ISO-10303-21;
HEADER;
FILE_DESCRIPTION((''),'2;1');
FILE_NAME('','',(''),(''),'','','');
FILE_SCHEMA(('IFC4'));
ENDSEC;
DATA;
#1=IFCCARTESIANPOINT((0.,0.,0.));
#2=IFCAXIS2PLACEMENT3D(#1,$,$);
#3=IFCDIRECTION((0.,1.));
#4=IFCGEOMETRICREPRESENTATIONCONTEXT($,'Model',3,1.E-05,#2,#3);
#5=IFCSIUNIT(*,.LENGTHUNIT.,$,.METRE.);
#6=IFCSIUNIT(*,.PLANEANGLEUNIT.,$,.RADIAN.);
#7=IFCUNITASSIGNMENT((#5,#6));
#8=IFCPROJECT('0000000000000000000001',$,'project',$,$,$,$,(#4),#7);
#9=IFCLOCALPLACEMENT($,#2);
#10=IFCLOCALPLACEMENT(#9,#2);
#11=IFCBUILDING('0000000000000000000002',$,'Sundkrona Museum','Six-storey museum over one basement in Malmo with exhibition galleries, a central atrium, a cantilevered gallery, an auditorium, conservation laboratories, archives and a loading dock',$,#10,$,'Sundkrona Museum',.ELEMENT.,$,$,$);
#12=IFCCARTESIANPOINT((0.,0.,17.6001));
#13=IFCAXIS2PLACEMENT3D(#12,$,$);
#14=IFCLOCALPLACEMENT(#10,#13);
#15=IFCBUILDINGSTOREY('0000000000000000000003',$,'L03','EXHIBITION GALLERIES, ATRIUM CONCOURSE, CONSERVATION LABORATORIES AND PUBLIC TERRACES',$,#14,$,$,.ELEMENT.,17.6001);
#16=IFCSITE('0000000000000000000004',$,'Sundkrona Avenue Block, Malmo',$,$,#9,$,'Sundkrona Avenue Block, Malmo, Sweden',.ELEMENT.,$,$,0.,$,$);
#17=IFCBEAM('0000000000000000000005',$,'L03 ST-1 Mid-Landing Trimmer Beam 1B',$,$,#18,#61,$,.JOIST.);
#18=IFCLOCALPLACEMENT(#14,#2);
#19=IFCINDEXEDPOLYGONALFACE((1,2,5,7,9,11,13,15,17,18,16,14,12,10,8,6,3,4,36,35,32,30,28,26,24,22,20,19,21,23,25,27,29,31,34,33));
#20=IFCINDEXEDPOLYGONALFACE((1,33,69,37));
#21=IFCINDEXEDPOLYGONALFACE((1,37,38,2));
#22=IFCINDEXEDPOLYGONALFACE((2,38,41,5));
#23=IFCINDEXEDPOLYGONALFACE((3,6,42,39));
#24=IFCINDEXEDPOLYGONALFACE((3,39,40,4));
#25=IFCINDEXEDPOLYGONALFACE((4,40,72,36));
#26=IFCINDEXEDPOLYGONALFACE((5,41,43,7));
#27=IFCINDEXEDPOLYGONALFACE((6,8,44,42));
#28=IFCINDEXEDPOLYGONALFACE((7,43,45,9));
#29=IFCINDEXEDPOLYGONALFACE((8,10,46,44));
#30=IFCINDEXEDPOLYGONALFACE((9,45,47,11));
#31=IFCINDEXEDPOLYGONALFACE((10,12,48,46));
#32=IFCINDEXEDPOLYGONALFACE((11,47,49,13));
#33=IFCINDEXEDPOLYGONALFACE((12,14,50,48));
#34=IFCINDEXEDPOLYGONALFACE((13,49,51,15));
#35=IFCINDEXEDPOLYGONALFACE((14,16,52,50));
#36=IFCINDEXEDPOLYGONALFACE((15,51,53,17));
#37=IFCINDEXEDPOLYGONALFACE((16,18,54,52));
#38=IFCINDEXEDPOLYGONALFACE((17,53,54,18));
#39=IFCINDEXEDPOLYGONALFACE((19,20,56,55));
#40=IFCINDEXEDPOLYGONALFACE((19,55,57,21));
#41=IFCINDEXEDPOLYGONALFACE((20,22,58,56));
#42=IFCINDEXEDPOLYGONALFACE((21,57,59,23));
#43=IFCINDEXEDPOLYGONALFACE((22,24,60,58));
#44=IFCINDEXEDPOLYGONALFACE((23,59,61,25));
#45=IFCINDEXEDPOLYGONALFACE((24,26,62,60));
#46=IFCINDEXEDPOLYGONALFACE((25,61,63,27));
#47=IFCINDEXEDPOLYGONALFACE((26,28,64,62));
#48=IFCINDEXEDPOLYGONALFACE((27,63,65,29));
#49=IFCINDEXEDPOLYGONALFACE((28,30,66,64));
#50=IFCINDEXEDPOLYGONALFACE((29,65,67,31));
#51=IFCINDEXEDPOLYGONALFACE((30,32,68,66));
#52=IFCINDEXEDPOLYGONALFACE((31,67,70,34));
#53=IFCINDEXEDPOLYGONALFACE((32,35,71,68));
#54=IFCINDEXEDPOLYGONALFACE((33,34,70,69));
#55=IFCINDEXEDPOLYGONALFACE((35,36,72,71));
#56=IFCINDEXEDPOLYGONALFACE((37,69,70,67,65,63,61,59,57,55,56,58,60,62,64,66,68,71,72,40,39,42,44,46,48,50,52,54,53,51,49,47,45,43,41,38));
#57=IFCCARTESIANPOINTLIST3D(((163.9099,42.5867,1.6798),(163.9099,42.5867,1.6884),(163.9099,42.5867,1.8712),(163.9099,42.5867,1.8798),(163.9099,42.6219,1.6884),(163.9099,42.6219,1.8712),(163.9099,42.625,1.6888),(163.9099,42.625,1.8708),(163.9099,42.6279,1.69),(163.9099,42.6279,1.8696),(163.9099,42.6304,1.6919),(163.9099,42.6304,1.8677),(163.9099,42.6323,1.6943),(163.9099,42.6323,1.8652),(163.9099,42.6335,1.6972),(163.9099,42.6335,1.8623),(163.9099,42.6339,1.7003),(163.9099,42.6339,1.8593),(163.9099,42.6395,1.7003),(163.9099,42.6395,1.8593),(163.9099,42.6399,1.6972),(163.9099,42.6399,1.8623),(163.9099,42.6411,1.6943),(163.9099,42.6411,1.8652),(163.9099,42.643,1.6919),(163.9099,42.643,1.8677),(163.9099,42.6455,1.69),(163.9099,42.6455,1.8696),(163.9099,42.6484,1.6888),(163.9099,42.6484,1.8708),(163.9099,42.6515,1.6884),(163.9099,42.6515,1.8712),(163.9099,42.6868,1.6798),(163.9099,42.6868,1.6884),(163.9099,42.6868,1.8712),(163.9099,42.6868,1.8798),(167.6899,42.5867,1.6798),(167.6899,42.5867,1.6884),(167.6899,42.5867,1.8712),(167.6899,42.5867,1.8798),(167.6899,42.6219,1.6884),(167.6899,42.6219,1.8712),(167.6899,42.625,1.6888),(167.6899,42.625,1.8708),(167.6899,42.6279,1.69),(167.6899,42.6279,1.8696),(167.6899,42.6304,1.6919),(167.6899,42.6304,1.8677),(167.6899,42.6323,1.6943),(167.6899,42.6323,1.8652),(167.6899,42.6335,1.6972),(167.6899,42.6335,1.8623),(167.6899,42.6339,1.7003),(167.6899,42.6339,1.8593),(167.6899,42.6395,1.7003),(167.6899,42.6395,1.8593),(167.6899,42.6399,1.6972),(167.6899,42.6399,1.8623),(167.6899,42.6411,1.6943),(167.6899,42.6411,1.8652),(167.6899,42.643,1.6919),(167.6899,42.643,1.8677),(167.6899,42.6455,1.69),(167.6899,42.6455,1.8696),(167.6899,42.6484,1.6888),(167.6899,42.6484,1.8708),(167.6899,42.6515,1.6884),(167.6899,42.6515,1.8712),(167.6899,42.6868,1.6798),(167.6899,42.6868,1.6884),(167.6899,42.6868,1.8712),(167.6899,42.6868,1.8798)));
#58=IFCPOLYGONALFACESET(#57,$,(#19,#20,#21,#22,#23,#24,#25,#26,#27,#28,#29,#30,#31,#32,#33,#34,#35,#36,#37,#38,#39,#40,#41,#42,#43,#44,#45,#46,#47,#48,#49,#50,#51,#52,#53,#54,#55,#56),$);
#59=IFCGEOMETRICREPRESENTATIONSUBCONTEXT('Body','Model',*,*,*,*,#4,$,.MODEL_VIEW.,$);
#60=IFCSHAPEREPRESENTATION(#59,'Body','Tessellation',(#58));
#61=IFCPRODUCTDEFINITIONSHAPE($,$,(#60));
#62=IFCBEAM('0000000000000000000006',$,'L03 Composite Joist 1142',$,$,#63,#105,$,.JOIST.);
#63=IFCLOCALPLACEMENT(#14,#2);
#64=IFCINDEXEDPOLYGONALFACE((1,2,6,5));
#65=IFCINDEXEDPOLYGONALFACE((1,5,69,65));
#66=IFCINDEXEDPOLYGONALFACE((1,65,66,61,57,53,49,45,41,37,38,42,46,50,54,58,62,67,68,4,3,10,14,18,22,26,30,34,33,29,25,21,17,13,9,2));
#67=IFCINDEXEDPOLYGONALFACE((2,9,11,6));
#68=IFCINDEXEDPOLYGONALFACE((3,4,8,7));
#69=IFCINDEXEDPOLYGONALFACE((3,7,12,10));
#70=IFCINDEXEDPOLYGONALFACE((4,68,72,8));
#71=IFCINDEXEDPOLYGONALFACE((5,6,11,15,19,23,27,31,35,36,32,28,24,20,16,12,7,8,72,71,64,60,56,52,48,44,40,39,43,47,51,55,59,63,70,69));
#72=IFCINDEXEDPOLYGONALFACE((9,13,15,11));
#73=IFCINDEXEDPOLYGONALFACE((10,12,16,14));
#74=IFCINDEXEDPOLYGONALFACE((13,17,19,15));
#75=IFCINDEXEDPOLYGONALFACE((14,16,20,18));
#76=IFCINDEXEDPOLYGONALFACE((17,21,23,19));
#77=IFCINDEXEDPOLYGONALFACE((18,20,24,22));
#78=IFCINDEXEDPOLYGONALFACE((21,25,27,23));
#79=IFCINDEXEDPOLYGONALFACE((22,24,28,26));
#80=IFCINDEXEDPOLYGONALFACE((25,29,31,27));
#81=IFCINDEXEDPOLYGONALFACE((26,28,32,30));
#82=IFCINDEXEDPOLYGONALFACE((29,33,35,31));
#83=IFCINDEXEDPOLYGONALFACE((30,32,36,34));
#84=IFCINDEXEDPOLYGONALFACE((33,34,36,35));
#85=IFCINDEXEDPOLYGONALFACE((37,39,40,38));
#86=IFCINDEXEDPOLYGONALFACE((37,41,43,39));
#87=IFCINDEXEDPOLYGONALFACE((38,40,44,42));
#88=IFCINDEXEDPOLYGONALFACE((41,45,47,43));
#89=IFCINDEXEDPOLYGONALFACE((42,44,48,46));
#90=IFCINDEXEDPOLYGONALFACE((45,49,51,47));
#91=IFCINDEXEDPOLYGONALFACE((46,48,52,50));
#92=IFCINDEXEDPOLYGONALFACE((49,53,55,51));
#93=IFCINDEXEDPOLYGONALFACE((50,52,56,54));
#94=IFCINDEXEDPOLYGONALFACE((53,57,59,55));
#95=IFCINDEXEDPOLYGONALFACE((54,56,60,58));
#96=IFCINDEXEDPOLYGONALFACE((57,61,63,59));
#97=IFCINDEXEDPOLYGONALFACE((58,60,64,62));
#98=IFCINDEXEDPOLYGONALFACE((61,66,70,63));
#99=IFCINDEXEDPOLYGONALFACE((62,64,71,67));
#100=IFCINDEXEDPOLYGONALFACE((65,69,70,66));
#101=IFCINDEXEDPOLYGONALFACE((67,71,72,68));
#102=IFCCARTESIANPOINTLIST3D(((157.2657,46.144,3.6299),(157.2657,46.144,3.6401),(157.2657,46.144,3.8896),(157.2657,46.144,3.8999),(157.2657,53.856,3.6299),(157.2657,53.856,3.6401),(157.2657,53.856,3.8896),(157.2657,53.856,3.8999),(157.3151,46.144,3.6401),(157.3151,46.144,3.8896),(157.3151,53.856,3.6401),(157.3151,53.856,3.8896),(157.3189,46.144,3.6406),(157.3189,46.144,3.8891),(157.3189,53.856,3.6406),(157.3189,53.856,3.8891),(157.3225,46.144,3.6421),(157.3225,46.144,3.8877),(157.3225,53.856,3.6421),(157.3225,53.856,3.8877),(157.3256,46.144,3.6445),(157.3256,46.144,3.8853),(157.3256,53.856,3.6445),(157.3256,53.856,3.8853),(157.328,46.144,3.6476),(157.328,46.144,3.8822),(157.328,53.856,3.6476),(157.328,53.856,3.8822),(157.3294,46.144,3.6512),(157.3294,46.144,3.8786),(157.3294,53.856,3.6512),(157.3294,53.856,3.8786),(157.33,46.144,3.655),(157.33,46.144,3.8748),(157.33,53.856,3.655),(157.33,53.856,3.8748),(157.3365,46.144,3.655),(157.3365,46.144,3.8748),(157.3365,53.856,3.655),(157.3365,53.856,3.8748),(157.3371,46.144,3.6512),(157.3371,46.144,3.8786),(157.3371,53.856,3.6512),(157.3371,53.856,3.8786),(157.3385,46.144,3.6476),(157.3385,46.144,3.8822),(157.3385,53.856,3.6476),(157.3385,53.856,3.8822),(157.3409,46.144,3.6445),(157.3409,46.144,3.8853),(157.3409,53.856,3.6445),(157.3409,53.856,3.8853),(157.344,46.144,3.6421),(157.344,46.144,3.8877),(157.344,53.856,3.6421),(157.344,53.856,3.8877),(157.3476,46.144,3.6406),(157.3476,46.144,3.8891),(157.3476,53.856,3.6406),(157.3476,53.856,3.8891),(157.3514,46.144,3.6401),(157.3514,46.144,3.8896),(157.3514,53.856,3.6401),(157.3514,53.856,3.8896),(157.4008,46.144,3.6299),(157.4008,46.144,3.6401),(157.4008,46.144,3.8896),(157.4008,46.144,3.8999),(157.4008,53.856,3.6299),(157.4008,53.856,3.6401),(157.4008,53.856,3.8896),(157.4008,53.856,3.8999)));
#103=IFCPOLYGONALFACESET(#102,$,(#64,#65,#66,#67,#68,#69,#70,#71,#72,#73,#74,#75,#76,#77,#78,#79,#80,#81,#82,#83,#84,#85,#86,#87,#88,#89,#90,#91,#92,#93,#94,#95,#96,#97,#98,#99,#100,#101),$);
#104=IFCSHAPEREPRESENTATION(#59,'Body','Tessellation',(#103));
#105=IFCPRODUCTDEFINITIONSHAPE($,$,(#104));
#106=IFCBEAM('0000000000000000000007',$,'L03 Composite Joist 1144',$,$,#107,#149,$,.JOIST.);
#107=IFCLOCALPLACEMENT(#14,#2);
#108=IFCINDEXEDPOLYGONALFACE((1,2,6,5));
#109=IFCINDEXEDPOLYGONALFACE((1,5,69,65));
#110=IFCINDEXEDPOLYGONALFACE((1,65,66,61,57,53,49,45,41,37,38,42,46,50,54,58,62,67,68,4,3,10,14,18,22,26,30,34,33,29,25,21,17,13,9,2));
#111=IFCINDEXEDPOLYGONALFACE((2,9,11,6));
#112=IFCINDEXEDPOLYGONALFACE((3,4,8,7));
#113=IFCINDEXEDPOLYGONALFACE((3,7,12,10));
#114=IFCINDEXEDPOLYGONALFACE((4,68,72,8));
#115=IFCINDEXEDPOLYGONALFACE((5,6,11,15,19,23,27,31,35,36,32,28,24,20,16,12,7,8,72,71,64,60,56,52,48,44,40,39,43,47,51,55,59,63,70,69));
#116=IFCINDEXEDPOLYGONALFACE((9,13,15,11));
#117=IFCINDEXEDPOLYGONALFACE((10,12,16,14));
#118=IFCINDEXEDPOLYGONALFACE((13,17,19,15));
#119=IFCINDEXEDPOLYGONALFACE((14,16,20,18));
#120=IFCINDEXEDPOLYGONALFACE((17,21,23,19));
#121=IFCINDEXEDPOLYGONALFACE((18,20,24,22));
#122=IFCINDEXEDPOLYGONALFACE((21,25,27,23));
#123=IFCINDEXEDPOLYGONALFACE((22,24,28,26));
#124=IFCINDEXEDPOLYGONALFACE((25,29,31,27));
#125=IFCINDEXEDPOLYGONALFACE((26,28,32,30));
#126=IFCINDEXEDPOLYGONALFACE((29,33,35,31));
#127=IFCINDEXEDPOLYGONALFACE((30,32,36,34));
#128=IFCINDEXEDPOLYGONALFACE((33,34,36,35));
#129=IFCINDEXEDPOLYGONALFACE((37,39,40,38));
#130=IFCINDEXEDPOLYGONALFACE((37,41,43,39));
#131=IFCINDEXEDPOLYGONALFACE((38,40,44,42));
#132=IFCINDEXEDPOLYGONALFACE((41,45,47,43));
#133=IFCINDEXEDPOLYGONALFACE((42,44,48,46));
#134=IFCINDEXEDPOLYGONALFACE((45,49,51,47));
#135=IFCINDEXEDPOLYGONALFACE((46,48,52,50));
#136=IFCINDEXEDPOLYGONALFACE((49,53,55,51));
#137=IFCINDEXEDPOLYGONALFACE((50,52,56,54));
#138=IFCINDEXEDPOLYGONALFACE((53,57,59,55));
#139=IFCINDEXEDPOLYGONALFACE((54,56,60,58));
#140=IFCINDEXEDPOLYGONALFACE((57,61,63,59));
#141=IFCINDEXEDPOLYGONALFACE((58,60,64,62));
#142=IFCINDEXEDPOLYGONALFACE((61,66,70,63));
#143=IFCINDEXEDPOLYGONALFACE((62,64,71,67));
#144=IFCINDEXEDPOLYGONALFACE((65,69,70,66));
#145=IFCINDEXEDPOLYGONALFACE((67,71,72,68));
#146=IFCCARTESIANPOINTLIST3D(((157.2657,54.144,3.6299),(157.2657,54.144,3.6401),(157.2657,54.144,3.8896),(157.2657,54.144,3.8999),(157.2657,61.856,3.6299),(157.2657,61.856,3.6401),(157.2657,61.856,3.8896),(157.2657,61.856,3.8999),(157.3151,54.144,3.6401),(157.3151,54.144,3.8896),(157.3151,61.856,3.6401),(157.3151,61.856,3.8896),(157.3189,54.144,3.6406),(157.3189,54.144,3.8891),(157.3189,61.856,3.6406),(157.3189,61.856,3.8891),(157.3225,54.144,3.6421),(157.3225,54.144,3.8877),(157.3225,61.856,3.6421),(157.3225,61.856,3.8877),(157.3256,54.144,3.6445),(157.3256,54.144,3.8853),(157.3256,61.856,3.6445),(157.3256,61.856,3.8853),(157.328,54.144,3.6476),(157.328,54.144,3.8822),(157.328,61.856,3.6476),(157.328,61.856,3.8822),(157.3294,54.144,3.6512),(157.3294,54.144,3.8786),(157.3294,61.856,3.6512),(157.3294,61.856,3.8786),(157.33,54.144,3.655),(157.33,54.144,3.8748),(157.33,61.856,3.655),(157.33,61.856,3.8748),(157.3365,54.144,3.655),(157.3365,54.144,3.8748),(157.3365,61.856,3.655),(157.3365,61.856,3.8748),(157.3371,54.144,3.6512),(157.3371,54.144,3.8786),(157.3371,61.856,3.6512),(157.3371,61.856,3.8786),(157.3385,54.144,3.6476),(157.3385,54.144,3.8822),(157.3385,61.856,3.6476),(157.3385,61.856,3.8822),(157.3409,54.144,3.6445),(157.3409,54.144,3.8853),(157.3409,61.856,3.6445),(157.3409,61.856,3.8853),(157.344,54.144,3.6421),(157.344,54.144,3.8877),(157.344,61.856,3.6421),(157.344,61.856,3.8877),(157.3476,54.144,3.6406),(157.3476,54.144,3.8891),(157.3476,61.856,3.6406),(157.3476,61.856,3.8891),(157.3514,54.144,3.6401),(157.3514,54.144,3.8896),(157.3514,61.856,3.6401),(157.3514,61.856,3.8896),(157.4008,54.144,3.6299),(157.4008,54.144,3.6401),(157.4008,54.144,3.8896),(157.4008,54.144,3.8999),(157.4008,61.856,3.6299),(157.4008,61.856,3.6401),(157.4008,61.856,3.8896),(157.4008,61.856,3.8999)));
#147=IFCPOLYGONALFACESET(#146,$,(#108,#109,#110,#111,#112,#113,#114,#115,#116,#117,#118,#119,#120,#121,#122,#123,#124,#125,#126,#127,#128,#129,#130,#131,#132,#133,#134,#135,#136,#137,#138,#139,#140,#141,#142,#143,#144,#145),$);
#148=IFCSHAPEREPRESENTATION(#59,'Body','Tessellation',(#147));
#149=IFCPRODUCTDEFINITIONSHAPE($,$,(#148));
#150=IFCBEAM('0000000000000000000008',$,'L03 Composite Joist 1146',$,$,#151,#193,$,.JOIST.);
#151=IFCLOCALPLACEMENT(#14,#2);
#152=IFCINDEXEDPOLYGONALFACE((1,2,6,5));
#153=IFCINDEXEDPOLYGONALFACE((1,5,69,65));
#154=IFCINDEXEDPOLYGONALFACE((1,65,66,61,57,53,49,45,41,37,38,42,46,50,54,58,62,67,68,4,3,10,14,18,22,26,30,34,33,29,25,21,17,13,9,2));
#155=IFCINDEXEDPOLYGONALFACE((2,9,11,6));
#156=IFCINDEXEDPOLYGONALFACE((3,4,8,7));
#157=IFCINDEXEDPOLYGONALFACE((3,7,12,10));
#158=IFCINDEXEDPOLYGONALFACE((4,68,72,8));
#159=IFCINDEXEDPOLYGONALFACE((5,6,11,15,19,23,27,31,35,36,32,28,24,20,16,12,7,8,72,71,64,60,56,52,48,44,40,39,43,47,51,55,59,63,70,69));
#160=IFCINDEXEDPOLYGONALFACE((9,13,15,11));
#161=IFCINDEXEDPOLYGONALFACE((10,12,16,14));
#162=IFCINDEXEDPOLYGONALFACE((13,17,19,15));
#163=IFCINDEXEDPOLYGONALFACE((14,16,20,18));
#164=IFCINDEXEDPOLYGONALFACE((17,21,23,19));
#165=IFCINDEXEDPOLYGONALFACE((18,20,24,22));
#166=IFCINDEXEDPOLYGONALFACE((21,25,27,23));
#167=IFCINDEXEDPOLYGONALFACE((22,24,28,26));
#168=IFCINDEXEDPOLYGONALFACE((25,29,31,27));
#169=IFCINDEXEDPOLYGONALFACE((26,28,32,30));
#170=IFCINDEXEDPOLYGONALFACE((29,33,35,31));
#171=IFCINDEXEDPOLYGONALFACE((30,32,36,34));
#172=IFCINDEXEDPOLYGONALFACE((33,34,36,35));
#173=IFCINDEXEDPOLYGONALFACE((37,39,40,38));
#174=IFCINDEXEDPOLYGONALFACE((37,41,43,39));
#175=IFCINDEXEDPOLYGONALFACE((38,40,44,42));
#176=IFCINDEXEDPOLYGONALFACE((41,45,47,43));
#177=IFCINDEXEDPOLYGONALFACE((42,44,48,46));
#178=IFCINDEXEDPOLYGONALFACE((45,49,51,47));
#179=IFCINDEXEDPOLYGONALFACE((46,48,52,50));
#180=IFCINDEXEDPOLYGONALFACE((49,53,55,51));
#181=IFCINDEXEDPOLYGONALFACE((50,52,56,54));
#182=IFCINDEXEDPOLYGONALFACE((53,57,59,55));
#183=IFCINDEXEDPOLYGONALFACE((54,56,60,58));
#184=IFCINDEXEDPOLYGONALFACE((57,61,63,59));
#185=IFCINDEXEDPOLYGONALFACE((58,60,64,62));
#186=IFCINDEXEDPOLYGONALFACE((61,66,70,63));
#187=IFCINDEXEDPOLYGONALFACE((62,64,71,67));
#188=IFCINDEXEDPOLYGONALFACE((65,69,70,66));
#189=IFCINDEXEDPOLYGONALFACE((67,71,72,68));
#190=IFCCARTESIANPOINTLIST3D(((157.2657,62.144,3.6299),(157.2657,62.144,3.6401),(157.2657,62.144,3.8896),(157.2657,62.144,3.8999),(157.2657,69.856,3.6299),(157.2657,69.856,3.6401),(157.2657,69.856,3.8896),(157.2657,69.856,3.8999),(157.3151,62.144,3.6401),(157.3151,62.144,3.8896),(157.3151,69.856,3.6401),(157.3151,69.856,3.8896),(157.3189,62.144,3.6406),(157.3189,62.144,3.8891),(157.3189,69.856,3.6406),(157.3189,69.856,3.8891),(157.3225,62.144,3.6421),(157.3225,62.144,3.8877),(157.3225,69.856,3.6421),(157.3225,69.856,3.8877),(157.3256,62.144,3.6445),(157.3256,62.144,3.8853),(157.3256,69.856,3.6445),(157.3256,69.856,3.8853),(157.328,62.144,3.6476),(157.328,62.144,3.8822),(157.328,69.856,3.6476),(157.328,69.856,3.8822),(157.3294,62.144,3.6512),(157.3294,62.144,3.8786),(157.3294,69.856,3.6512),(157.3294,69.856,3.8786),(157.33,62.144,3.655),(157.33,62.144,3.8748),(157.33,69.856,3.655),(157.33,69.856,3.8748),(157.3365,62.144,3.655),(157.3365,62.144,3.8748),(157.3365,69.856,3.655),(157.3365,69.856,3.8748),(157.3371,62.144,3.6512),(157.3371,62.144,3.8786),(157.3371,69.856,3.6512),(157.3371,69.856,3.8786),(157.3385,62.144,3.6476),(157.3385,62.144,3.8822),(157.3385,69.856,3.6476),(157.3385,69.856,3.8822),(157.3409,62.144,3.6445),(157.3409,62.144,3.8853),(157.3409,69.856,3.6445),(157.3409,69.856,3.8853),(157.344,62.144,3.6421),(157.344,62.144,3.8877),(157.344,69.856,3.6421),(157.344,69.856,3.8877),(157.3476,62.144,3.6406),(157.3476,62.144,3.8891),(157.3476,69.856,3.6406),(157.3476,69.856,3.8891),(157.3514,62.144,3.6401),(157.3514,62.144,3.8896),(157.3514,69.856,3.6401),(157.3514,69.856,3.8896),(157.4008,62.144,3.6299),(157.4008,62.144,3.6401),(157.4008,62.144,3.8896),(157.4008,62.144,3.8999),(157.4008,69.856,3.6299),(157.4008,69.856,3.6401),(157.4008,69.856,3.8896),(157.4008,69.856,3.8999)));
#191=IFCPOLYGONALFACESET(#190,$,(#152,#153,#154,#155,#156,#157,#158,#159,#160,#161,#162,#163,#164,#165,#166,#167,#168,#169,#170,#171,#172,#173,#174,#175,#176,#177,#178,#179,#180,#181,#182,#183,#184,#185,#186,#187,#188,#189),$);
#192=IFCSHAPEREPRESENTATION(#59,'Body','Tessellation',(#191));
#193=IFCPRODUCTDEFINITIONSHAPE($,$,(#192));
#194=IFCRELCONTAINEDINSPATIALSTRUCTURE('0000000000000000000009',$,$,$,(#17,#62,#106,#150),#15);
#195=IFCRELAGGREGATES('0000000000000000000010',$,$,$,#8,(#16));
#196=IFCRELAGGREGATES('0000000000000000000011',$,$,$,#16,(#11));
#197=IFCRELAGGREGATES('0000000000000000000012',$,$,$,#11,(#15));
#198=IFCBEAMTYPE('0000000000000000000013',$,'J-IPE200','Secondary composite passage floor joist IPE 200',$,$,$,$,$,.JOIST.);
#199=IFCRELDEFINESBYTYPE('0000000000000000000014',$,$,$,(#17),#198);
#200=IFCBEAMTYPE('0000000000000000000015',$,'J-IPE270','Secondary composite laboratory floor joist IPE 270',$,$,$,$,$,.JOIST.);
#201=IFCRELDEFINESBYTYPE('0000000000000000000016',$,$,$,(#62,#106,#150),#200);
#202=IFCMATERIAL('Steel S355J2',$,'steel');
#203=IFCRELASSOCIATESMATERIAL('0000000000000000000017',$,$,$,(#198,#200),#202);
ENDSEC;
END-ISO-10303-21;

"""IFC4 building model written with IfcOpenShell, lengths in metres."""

from ifc_helpers import new_model, si_unit, direction, frame, origin, origin_2d, place, context, subcontext, project, spatial, i_section, extrude, material, material_profile, profile_set, type_object, element, save


model = new_model("IFC4")

# Units and contexts
model_context = context("Model", 3, precision=1e-05, world=origin(), true_north=direction((0.0, 1.0)))
body_context = subcontext(model_context, "Body", "Model", "MODEL_VIEW")
ifc_project = project(units=[si_unit("LENGTHUNIT", "METRE"), si_unit("PLANEANGLEUNIT", "RADIAN")], contexts=[model_context])

# Site, building, storey
site_placement = place(None, origin())
site = spatial("IfcSite", under=ifc_project, at=site_placement, Name="Sundkrona Avenue Block, Malmo", LongName="Sundkrona Avenue Block, Malmo, Sweden", CompositionType="ELEMENT", RefElevation=0.0)
building_placement = place(site_placement, origin())
building = spatial("IfcBuilding", under=site, at=building_placement, Name="Sundkrona Museum", Description="Six-storey museum over one basement in Malmo with exhibition galleries, a central atrium, a cantilevered gallery, an auditorium, conservation laboratories, archives and a loading dock", LongName="Sundkrona Museum", CompositionType="ELEMENT")
storey_placement = place(building_placement, frame((0.0, 0.0, 17.6001)))
storey = spatial("IfcBuildingStorey", under=building, at=storey_placement, Name="L03", Description="EXHIBITION GALLERIES, ATRIUM CONCOURSE, CONSERVATION LABORATORIES AND PUBLIC TERRACES", CompositionType="ELEMENT", Elevation=17.6001)

# Shared definitions
ifc_material_1 = material(Name="Steel S355J2", Category="steel")

# Beams
ifc_material_profile_1 = material_profile(ifc_material_1, i_section(OverallWidth=0.1001, OverallDepth=0.2, WebThickness=0.0056, FlangeThickness=0.0085, FilletRadius=0.012, at=origin_2d()), Name="IPE 200")
ifc_profile_set_1 = profile_set([ifc_material_profile_1], Name="Steel S355J2")
beam_type_1 = type_object("IfcBeamType", Name="J-IPE200", Description="Secondary composite passage floor joist IPE 200", PredefinedType="JOIST", material=ifc_profile_set_1)
beam_placement = place(storey_placement, frame((163.9099, 42.6367, 1.7798), z_axis=(1.0, 0.0, 0.0), x_axis=(0.0, 1.0, 0.0)))
element("IfcBeam", 1, at=beam_placement, inside=storey, type_object=beam_type_1, Name="L03 ST-1 Mid-Landing Trimmer Beam 1B", PredefinedType="JOIST", context=body_context, shape_type="SweptSolid", body=[
    extrude(i_section(OverallWidth=0.1001, OverallDepth=0.2, WebThickness=0.0056, FlangeThickness=0.0085, FilletRadius=0.012, at=origin_2d()), origin(), (0.0, 0.0, 1.0), 3.78),
])
ifc_material_profile_2 = material_profile(ifc_material_1, i_section(OverallWidth=0.135, OverallDepth=0.27, WebThickness=0.0066, FlangeThickness=0.0103, FilletRadius=0.0149, at=origin_2d()), Name="IPE 270")
ifc_profile_set_2 = profile_set([ifc_material_profile_2], Name="Steel S355J2")
beam_type_2 = type_object("IfcBeamType", Name="J-IPE270", Description="Secondary composite laboratory floor joist IPE 270", PredefinedType="JOIST", material=ifc_profile_set_2)
for number, where, z_axis, x_axis, name in (
    (2, (157.3333, 46.144, 3.7649), (0.0, 1.0, 0.0), (-1.0, 0.0, 0.0), "L03 Composite Joist 1142"),
    (3, (157.3333, 54.144, 3.7649), (0.0, 1.0, 0.0), (-1.0, 0.0, 0.0), "L03 Composite Joist 1144"),
    (4, (157.3333, 62.144, 3.7649), (0.0, 1.0, 0.0), (-1.0, 0.0, 0.0), "L03 Composite Joist 1146"),
):
    element("IfcBeam", number, at=place(storey_placement, frame(where, z_axis=z_axis, x_axis=x_axis)), inside=storey, type_object=beam_type_2, Name=name, PredefinedType="JOIST", context=body_context, shape_type="SweptSolid", body=[
        extrude(i_section(OverallWidth=0.135, OverallDepth=0.27, WebThickness=0.0066, FlangeThickness=0.0103, FilletRadius=0.0149, at=origin_2d()), origin(), (0.0, 0.0, 1.0), 7.7119),
    ])

save(model, "model.ifc")
